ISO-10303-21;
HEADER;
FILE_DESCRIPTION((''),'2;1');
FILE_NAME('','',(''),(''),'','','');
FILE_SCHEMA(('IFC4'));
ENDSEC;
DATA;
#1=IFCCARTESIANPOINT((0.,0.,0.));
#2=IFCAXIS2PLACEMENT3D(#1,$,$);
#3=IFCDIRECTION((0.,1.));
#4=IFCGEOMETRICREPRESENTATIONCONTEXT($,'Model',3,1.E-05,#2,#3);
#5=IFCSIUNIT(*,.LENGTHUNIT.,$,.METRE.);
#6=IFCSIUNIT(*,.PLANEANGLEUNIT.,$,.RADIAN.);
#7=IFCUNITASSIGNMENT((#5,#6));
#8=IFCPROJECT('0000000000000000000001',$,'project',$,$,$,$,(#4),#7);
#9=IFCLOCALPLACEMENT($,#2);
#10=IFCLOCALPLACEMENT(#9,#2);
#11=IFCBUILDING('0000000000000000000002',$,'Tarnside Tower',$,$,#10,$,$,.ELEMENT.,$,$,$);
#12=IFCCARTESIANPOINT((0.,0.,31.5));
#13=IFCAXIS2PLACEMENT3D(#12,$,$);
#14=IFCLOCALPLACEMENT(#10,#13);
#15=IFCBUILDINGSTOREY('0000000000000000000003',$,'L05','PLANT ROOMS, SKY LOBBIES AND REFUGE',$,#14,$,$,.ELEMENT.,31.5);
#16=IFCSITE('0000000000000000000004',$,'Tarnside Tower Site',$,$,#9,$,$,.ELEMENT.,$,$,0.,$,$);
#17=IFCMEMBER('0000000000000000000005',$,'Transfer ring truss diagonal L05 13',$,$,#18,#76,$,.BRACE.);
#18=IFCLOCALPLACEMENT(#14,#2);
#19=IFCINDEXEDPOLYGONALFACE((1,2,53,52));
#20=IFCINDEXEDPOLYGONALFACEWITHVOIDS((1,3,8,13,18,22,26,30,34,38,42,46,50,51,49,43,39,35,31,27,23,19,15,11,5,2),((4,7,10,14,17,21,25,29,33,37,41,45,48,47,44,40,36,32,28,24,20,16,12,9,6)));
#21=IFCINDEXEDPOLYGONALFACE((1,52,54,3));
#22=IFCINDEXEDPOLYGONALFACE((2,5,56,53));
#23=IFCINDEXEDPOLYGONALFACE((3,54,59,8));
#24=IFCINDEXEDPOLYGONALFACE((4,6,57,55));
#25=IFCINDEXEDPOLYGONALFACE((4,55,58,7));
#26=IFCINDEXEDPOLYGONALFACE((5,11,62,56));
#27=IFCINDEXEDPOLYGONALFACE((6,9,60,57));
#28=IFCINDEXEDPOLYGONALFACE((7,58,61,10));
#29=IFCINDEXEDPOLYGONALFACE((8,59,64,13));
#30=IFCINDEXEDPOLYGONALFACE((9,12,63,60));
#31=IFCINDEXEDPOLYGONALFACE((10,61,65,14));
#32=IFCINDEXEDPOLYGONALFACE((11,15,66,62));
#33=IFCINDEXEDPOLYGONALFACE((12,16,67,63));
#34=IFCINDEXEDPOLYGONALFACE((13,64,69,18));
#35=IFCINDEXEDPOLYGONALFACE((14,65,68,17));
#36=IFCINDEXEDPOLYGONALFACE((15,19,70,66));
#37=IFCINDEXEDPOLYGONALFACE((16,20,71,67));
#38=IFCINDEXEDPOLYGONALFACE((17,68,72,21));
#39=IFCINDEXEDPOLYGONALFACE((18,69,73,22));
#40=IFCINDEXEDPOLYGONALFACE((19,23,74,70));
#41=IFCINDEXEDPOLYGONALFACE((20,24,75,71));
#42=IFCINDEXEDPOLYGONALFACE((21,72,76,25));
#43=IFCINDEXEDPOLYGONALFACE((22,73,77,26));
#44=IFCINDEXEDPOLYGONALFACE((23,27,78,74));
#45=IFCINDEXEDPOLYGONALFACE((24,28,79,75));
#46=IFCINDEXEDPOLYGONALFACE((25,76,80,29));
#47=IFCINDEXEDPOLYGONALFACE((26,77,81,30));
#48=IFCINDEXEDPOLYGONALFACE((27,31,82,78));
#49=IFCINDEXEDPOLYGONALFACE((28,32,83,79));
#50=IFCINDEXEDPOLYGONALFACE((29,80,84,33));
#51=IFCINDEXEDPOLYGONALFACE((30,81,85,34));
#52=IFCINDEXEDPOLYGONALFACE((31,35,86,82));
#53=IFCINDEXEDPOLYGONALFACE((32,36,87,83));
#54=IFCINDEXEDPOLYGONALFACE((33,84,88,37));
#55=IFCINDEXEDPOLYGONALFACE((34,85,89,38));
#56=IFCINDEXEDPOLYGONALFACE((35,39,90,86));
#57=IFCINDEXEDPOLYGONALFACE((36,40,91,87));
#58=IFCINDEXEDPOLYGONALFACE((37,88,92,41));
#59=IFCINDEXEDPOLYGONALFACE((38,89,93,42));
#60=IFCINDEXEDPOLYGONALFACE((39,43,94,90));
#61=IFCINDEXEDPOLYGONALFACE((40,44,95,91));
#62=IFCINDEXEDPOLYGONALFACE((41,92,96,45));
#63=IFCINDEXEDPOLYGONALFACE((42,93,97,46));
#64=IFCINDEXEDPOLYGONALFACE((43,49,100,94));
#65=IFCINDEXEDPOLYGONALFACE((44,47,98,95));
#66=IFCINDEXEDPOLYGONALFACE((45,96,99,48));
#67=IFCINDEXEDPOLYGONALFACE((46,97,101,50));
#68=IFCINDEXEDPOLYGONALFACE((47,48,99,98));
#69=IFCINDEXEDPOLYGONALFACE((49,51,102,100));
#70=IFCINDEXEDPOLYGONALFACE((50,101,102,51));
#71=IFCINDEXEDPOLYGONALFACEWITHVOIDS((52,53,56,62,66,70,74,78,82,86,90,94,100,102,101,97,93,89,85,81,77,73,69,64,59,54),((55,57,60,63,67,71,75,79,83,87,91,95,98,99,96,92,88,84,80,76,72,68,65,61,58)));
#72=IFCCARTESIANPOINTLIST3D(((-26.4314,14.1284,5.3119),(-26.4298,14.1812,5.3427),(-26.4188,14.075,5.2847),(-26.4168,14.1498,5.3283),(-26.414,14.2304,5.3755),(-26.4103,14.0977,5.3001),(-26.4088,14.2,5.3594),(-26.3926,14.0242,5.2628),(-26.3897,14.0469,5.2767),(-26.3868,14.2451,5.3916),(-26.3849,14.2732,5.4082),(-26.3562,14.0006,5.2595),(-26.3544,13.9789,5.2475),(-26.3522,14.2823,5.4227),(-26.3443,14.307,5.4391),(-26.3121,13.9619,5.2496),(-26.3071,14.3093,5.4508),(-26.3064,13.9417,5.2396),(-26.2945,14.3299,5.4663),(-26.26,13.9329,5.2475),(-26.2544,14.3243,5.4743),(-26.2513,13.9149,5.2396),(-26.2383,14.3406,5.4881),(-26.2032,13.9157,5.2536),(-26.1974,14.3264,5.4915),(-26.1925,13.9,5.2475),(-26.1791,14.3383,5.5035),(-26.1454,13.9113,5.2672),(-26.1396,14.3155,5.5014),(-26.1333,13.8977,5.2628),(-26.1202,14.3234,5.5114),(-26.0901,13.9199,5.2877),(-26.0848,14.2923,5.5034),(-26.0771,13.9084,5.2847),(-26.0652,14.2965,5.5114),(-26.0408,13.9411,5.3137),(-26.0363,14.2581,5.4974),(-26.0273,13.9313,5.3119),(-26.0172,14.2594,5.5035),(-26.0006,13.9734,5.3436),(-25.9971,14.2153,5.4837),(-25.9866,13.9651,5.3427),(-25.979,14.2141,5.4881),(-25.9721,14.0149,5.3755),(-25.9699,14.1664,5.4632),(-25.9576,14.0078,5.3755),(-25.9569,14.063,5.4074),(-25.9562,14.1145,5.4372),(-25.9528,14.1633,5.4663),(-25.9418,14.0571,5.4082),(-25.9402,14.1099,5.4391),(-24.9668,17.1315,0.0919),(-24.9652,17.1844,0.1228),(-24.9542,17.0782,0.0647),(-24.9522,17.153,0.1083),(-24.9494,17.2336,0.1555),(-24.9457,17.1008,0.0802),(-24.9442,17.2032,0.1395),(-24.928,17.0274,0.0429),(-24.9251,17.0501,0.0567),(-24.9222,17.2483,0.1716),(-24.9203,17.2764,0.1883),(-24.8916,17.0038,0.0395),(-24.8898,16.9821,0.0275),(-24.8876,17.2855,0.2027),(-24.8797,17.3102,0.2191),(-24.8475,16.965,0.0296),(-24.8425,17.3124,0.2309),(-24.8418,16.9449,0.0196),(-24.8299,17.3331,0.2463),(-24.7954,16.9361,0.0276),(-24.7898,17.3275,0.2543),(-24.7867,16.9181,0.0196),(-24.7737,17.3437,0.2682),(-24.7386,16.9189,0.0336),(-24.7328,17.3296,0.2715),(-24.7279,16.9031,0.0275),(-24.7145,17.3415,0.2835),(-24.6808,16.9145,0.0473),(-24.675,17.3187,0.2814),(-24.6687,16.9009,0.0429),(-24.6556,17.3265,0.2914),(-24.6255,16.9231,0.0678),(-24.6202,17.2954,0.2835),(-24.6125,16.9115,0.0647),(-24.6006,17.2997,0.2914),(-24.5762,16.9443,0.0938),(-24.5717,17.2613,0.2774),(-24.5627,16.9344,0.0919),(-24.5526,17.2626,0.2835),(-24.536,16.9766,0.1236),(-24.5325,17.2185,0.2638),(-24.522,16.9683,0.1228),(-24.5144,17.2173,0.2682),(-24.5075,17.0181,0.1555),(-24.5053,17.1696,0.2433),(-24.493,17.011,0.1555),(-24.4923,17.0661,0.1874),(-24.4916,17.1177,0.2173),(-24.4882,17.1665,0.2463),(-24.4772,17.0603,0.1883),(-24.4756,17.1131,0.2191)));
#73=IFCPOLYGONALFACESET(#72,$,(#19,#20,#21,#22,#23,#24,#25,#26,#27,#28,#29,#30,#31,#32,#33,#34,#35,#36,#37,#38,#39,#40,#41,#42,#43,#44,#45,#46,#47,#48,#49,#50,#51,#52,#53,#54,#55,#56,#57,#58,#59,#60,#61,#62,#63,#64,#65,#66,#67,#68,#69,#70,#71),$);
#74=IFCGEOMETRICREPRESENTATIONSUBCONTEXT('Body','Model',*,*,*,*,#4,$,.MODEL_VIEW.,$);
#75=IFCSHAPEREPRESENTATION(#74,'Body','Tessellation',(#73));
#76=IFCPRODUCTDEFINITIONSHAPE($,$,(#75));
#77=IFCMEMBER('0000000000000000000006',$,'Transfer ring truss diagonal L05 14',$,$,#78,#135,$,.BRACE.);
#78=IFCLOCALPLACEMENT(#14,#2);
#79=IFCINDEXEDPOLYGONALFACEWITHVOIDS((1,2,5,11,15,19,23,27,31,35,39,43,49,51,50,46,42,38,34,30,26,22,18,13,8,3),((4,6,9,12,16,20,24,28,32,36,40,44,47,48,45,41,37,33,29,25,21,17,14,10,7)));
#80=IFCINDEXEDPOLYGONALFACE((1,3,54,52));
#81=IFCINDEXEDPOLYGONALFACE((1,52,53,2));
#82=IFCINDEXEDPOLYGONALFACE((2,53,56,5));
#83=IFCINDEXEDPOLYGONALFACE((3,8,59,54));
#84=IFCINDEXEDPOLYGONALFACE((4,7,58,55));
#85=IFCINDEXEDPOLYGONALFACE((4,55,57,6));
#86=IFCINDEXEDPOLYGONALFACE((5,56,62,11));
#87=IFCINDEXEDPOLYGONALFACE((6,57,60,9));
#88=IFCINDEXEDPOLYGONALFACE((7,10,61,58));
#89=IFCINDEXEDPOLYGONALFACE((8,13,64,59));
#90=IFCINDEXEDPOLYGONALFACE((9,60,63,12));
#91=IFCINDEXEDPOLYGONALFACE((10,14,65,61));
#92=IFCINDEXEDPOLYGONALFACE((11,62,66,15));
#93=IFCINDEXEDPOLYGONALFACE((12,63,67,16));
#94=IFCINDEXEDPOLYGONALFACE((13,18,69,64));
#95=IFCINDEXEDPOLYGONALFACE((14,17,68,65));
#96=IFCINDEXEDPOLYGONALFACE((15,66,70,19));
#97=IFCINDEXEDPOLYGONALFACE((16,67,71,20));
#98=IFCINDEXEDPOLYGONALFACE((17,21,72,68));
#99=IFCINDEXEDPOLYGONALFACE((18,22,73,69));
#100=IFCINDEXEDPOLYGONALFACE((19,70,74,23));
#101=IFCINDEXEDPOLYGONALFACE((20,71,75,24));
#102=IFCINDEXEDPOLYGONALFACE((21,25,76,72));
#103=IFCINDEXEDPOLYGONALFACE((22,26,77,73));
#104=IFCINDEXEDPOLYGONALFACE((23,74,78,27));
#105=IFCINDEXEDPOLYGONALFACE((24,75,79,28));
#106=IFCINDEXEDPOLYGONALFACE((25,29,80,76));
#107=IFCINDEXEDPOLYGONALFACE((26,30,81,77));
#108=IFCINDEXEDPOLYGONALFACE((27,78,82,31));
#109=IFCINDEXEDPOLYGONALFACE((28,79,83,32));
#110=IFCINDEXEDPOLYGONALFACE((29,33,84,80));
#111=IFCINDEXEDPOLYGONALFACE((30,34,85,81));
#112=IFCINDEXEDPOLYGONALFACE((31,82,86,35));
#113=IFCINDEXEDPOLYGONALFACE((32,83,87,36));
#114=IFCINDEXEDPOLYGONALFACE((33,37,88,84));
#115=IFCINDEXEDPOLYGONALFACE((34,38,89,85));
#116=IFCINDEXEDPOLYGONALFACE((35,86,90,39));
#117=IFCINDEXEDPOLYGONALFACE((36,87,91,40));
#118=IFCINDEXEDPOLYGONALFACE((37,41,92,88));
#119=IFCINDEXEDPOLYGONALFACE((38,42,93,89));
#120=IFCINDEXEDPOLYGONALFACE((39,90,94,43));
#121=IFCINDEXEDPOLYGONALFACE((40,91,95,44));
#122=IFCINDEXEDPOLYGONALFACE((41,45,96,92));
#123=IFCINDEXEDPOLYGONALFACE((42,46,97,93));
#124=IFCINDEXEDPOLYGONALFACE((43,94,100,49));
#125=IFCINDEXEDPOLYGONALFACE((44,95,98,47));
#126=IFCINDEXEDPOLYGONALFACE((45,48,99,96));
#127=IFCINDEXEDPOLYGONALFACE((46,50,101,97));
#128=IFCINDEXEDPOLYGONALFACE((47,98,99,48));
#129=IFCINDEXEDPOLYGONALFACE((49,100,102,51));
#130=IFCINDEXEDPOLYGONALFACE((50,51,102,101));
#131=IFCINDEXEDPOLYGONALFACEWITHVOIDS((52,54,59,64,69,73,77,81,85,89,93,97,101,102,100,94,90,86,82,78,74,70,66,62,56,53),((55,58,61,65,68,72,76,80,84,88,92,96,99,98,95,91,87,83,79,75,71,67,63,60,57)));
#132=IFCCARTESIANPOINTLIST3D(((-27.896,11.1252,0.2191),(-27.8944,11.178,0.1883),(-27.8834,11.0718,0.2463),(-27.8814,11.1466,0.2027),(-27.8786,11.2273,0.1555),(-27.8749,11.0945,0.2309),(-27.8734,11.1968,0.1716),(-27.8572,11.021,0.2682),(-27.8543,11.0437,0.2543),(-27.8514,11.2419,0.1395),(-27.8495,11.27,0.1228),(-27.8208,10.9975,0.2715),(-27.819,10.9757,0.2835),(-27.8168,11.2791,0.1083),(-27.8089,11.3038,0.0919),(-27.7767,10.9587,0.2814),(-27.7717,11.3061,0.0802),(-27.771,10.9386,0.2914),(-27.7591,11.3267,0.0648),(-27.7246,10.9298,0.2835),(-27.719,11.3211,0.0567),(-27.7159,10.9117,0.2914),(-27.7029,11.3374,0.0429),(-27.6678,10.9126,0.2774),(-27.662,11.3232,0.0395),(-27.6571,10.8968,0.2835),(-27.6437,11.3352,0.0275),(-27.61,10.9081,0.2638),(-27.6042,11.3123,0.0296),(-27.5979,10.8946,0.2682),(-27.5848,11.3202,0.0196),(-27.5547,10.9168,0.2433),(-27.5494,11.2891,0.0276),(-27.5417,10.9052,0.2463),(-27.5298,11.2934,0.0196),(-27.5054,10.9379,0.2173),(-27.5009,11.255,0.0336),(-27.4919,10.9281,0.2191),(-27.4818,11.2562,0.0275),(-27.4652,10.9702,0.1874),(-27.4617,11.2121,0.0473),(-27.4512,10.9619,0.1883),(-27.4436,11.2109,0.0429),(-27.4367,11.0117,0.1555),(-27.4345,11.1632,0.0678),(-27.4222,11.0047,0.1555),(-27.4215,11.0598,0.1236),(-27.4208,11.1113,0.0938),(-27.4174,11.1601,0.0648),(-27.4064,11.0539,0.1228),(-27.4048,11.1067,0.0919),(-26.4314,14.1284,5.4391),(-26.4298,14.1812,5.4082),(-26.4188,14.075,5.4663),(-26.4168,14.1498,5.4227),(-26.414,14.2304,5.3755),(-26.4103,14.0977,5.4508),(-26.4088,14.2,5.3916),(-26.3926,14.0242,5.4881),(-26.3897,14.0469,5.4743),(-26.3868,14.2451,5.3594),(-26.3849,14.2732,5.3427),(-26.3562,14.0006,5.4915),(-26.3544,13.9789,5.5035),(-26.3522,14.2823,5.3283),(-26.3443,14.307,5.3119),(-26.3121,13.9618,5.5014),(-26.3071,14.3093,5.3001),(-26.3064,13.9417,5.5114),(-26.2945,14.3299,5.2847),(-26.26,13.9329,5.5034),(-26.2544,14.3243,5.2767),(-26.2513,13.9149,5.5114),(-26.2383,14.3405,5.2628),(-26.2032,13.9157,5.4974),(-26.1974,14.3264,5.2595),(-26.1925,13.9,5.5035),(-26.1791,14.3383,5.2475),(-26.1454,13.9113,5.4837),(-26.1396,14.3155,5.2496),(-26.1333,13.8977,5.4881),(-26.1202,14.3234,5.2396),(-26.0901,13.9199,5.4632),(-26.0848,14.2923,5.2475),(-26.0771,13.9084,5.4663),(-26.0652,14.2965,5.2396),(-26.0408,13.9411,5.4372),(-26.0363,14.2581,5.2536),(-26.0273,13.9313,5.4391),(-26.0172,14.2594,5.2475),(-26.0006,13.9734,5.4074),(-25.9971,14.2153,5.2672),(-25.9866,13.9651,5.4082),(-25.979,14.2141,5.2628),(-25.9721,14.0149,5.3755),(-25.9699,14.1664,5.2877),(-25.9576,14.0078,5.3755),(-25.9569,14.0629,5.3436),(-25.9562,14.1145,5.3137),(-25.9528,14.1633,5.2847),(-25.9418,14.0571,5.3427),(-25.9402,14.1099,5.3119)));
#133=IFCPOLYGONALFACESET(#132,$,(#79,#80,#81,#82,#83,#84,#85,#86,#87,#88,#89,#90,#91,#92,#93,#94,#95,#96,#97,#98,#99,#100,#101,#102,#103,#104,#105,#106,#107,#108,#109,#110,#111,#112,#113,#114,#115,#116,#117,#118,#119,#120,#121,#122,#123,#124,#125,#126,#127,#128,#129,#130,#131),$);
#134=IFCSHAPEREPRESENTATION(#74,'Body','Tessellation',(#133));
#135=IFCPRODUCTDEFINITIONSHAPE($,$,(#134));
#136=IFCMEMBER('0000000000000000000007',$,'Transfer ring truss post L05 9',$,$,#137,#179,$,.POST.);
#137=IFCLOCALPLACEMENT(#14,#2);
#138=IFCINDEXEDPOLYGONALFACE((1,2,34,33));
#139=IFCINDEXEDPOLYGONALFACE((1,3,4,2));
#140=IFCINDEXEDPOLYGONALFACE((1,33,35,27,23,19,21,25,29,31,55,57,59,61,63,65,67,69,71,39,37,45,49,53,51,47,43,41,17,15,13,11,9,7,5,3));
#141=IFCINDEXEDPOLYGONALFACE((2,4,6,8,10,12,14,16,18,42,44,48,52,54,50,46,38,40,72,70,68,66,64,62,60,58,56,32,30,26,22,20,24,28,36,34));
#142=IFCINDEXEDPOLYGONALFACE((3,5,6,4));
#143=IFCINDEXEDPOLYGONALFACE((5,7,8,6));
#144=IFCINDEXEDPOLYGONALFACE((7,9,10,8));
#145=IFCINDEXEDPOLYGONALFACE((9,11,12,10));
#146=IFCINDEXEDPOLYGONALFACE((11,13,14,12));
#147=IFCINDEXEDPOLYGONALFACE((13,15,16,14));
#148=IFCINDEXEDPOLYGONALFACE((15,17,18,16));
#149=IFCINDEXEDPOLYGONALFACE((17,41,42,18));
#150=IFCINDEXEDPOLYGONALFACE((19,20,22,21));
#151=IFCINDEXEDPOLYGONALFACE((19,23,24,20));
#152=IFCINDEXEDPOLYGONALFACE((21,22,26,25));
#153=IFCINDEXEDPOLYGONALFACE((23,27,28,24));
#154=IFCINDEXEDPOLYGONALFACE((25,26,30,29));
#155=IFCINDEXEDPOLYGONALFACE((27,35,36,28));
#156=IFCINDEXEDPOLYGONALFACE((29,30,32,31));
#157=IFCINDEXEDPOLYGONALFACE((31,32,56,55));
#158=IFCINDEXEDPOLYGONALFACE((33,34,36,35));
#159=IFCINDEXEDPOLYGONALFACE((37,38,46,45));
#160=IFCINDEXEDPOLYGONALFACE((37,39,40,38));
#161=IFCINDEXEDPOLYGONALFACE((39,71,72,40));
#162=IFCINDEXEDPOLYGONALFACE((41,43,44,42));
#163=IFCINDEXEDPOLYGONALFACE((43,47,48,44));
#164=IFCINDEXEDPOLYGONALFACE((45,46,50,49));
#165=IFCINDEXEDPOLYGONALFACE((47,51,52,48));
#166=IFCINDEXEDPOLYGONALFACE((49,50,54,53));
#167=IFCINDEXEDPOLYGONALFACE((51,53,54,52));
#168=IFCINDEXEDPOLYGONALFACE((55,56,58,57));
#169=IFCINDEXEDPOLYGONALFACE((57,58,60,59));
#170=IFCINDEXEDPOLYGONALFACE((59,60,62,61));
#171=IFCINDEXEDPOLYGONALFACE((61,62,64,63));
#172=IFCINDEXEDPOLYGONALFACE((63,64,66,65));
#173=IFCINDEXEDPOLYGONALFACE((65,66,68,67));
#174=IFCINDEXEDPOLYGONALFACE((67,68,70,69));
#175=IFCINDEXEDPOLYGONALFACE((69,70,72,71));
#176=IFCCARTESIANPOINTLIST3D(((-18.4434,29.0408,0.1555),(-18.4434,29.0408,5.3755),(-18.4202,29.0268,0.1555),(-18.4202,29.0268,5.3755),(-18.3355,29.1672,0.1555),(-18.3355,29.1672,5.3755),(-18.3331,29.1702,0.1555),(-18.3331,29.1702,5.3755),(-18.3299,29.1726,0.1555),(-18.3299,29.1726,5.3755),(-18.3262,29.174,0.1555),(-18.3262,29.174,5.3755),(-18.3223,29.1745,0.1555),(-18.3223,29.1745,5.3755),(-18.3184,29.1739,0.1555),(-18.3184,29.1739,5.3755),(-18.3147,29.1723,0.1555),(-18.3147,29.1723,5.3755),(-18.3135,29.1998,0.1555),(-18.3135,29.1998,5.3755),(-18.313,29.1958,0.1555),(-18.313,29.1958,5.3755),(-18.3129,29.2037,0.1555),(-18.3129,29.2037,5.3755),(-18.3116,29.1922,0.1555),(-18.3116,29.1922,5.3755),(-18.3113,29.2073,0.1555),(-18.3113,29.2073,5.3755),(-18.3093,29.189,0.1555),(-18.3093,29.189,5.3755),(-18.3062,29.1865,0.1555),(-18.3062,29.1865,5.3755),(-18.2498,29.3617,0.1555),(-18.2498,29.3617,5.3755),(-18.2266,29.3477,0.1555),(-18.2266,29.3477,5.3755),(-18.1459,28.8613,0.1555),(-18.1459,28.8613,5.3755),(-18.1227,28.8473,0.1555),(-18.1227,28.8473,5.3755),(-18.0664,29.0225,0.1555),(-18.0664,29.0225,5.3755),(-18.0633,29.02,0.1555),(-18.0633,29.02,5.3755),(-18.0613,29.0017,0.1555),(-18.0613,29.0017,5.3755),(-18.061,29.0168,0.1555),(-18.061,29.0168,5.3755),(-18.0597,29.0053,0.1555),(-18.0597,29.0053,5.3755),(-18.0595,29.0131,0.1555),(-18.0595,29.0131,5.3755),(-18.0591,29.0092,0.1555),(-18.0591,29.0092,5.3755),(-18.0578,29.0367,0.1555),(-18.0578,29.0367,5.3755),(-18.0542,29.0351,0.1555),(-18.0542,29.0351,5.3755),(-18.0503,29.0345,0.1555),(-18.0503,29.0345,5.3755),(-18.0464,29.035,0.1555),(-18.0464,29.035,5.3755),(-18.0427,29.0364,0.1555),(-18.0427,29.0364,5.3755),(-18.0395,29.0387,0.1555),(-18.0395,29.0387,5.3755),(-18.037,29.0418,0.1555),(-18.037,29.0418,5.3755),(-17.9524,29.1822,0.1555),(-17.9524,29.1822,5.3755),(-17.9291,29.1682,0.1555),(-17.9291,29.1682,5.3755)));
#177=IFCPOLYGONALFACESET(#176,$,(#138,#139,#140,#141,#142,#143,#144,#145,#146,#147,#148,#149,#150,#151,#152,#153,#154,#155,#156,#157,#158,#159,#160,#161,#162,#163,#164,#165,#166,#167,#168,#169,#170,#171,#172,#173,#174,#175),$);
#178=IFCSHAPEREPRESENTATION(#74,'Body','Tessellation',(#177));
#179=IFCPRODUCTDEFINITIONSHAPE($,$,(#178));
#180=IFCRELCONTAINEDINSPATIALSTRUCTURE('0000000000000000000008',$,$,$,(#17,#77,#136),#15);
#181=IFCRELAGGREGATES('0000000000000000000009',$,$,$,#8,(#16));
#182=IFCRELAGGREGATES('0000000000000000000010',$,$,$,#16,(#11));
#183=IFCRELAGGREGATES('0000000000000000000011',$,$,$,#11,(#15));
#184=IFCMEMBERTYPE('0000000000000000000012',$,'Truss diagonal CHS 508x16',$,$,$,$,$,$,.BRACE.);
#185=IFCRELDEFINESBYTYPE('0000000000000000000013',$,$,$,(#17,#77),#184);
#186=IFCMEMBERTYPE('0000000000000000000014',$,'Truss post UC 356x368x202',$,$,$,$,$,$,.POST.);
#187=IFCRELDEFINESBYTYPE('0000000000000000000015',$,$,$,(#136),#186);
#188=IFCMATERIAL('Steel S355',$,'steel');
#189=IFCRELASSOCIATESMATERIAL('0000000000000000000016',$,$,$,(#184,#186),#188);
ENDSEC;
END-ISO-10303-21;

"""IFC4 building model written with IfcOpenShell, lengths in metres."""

from ifc_helpers import new_model, si_unit, direction, frame, origin, origin_2d, place, context, subcontext, project, spatial, hollow_circle, i_section, extrude, material, material_profile, profile_set, type_object, element, save


model = new_model("IFC4")

# Units and contexts
model_context = context("Model", 3, precision=1e-05, world=origin(), true_north=direction((0.0, 1.0)))
body_context = subcontext(model_context, "Body", "Model", "MODEL_VIEW")
ifc_project = project(units=[si_unit("LENGTHUNIT", "METRE"), si_unit("PLANEANGLEUNIT", "RADIAN")], contexts=[model_context])

# Site, building, storey
site_placement = place(None, origin())
site = spatial("IfcSite", under=ifc_project, at=site_placement, Name="Tarnside Tower Site", CompositionType="ELEMENT", RefElevation=0.0)
building_placement = place(site_placement, origin())
building = spatial("IfcBuilding", under=site, at=building_placement, Name="Tarnside Tower", CompositionType="ELEMENT")
storey_placement = place(building_placement, frame((0.0, 0.0, 31.5)))
storey = spatial("IfcBuildingStorey", under=building, at=storey_placement, Name="L05", Description="PLANT ROOMS, SKY LOBBIES AND REFUGE", CompositionType="ELEMENT", Elevation=31.5)

# Shared definitions
ifc_material_1 = material(Name="Steel S355", Category="steel")

# Members
ifc_material_profile_1 = material_profile(ifc_material_1, hollow_circle(Radius=0.2539, WallThickness=0.0161, at=origin_2d()), Name="CHS 508x16")
ifc_profile_set_1 = profile_set([ifc_material_profile_1], Name="Steel S355")
member_type_1 = type_object("IfcMemberType", Name="Truss diagonal CHS 508x16", PredefinedType="BRACE", material=ifc_profile_set_1)
for number, where, z_axis, x_axis, name in (
    (1, (-24.7212, 17.1223, 0.1555), (-0.236311, -0.484558, 0.842235), (0.898811, -0.438336, 0.0), "Transfer ring truss diagonal L05 13"),
    (2, (-26.1858, 14.1191, 5.3755), (-0.236311, -0.484558, -0.842235), (0.898811, -0.438336, 0.0), "Transfer ring truss diagonal L05 14"),
):
    element("IfcMember", number, at=place(storey_placement, frame(where, z_axis=z_axis, x_axis=x_axis)), inside=storey, type_object=member_type_1, Name=name, PredefinedType="BRACE", context=body_context, shape_type="SweptSolid", body=[
        extrude(hollow_circle(Radius=0.2539, WallThickness=0.0161, at=origin_2d()), origin(), (0.0, 0.0, 1.0), 6.1978),
    ])
ifc_material_profile_2 = material_profile(ifc_material_1, i_section(OverallWidth=0.3748, OverallDepth=0.3745, WebThickness=0.0166, FlangeThickness=0.0271, FilletRadius=0.0151, at=origin_2d()), Name="UC 356x368x202")
ifc_profile_set_2 = profile_set([ifc_material_profile_2], Name="Steel S355")
member_type_2 = type_object("IfcMemberType", Name="Truss post UC 356x368x202", PredefinedType="POST", material=ifc_profile_set_2)
for number, where, z_axis, x_axis, name in (
    (3, (-18.1863, 29.1045, 0.1555), (0.0, 0.0, 1.0), (-0.516556, -0.856253, 0.0), "Transfer ring truss post L05 9"),
):
    element("IfcMember", number, at=place(storey_placement, frame(where, z_axis=z_axis, x_axis=x_axis)), inside=storey, type_object=member_type_2, Name=name, PredefinedType="POST", context=body_context, shape_type="SweptSolid", body=[
        extrude(i_section(OverallWidth=0.3748, OverallDepth=0.3745, WebThickness=0.0166, FlangeThickness=0.0271, FilletRadius=0.0151, at=origin_2d()), origin(), (0.0, 0.0, 1.0), 5.22),
    ])

save(model, "model.ifc")
